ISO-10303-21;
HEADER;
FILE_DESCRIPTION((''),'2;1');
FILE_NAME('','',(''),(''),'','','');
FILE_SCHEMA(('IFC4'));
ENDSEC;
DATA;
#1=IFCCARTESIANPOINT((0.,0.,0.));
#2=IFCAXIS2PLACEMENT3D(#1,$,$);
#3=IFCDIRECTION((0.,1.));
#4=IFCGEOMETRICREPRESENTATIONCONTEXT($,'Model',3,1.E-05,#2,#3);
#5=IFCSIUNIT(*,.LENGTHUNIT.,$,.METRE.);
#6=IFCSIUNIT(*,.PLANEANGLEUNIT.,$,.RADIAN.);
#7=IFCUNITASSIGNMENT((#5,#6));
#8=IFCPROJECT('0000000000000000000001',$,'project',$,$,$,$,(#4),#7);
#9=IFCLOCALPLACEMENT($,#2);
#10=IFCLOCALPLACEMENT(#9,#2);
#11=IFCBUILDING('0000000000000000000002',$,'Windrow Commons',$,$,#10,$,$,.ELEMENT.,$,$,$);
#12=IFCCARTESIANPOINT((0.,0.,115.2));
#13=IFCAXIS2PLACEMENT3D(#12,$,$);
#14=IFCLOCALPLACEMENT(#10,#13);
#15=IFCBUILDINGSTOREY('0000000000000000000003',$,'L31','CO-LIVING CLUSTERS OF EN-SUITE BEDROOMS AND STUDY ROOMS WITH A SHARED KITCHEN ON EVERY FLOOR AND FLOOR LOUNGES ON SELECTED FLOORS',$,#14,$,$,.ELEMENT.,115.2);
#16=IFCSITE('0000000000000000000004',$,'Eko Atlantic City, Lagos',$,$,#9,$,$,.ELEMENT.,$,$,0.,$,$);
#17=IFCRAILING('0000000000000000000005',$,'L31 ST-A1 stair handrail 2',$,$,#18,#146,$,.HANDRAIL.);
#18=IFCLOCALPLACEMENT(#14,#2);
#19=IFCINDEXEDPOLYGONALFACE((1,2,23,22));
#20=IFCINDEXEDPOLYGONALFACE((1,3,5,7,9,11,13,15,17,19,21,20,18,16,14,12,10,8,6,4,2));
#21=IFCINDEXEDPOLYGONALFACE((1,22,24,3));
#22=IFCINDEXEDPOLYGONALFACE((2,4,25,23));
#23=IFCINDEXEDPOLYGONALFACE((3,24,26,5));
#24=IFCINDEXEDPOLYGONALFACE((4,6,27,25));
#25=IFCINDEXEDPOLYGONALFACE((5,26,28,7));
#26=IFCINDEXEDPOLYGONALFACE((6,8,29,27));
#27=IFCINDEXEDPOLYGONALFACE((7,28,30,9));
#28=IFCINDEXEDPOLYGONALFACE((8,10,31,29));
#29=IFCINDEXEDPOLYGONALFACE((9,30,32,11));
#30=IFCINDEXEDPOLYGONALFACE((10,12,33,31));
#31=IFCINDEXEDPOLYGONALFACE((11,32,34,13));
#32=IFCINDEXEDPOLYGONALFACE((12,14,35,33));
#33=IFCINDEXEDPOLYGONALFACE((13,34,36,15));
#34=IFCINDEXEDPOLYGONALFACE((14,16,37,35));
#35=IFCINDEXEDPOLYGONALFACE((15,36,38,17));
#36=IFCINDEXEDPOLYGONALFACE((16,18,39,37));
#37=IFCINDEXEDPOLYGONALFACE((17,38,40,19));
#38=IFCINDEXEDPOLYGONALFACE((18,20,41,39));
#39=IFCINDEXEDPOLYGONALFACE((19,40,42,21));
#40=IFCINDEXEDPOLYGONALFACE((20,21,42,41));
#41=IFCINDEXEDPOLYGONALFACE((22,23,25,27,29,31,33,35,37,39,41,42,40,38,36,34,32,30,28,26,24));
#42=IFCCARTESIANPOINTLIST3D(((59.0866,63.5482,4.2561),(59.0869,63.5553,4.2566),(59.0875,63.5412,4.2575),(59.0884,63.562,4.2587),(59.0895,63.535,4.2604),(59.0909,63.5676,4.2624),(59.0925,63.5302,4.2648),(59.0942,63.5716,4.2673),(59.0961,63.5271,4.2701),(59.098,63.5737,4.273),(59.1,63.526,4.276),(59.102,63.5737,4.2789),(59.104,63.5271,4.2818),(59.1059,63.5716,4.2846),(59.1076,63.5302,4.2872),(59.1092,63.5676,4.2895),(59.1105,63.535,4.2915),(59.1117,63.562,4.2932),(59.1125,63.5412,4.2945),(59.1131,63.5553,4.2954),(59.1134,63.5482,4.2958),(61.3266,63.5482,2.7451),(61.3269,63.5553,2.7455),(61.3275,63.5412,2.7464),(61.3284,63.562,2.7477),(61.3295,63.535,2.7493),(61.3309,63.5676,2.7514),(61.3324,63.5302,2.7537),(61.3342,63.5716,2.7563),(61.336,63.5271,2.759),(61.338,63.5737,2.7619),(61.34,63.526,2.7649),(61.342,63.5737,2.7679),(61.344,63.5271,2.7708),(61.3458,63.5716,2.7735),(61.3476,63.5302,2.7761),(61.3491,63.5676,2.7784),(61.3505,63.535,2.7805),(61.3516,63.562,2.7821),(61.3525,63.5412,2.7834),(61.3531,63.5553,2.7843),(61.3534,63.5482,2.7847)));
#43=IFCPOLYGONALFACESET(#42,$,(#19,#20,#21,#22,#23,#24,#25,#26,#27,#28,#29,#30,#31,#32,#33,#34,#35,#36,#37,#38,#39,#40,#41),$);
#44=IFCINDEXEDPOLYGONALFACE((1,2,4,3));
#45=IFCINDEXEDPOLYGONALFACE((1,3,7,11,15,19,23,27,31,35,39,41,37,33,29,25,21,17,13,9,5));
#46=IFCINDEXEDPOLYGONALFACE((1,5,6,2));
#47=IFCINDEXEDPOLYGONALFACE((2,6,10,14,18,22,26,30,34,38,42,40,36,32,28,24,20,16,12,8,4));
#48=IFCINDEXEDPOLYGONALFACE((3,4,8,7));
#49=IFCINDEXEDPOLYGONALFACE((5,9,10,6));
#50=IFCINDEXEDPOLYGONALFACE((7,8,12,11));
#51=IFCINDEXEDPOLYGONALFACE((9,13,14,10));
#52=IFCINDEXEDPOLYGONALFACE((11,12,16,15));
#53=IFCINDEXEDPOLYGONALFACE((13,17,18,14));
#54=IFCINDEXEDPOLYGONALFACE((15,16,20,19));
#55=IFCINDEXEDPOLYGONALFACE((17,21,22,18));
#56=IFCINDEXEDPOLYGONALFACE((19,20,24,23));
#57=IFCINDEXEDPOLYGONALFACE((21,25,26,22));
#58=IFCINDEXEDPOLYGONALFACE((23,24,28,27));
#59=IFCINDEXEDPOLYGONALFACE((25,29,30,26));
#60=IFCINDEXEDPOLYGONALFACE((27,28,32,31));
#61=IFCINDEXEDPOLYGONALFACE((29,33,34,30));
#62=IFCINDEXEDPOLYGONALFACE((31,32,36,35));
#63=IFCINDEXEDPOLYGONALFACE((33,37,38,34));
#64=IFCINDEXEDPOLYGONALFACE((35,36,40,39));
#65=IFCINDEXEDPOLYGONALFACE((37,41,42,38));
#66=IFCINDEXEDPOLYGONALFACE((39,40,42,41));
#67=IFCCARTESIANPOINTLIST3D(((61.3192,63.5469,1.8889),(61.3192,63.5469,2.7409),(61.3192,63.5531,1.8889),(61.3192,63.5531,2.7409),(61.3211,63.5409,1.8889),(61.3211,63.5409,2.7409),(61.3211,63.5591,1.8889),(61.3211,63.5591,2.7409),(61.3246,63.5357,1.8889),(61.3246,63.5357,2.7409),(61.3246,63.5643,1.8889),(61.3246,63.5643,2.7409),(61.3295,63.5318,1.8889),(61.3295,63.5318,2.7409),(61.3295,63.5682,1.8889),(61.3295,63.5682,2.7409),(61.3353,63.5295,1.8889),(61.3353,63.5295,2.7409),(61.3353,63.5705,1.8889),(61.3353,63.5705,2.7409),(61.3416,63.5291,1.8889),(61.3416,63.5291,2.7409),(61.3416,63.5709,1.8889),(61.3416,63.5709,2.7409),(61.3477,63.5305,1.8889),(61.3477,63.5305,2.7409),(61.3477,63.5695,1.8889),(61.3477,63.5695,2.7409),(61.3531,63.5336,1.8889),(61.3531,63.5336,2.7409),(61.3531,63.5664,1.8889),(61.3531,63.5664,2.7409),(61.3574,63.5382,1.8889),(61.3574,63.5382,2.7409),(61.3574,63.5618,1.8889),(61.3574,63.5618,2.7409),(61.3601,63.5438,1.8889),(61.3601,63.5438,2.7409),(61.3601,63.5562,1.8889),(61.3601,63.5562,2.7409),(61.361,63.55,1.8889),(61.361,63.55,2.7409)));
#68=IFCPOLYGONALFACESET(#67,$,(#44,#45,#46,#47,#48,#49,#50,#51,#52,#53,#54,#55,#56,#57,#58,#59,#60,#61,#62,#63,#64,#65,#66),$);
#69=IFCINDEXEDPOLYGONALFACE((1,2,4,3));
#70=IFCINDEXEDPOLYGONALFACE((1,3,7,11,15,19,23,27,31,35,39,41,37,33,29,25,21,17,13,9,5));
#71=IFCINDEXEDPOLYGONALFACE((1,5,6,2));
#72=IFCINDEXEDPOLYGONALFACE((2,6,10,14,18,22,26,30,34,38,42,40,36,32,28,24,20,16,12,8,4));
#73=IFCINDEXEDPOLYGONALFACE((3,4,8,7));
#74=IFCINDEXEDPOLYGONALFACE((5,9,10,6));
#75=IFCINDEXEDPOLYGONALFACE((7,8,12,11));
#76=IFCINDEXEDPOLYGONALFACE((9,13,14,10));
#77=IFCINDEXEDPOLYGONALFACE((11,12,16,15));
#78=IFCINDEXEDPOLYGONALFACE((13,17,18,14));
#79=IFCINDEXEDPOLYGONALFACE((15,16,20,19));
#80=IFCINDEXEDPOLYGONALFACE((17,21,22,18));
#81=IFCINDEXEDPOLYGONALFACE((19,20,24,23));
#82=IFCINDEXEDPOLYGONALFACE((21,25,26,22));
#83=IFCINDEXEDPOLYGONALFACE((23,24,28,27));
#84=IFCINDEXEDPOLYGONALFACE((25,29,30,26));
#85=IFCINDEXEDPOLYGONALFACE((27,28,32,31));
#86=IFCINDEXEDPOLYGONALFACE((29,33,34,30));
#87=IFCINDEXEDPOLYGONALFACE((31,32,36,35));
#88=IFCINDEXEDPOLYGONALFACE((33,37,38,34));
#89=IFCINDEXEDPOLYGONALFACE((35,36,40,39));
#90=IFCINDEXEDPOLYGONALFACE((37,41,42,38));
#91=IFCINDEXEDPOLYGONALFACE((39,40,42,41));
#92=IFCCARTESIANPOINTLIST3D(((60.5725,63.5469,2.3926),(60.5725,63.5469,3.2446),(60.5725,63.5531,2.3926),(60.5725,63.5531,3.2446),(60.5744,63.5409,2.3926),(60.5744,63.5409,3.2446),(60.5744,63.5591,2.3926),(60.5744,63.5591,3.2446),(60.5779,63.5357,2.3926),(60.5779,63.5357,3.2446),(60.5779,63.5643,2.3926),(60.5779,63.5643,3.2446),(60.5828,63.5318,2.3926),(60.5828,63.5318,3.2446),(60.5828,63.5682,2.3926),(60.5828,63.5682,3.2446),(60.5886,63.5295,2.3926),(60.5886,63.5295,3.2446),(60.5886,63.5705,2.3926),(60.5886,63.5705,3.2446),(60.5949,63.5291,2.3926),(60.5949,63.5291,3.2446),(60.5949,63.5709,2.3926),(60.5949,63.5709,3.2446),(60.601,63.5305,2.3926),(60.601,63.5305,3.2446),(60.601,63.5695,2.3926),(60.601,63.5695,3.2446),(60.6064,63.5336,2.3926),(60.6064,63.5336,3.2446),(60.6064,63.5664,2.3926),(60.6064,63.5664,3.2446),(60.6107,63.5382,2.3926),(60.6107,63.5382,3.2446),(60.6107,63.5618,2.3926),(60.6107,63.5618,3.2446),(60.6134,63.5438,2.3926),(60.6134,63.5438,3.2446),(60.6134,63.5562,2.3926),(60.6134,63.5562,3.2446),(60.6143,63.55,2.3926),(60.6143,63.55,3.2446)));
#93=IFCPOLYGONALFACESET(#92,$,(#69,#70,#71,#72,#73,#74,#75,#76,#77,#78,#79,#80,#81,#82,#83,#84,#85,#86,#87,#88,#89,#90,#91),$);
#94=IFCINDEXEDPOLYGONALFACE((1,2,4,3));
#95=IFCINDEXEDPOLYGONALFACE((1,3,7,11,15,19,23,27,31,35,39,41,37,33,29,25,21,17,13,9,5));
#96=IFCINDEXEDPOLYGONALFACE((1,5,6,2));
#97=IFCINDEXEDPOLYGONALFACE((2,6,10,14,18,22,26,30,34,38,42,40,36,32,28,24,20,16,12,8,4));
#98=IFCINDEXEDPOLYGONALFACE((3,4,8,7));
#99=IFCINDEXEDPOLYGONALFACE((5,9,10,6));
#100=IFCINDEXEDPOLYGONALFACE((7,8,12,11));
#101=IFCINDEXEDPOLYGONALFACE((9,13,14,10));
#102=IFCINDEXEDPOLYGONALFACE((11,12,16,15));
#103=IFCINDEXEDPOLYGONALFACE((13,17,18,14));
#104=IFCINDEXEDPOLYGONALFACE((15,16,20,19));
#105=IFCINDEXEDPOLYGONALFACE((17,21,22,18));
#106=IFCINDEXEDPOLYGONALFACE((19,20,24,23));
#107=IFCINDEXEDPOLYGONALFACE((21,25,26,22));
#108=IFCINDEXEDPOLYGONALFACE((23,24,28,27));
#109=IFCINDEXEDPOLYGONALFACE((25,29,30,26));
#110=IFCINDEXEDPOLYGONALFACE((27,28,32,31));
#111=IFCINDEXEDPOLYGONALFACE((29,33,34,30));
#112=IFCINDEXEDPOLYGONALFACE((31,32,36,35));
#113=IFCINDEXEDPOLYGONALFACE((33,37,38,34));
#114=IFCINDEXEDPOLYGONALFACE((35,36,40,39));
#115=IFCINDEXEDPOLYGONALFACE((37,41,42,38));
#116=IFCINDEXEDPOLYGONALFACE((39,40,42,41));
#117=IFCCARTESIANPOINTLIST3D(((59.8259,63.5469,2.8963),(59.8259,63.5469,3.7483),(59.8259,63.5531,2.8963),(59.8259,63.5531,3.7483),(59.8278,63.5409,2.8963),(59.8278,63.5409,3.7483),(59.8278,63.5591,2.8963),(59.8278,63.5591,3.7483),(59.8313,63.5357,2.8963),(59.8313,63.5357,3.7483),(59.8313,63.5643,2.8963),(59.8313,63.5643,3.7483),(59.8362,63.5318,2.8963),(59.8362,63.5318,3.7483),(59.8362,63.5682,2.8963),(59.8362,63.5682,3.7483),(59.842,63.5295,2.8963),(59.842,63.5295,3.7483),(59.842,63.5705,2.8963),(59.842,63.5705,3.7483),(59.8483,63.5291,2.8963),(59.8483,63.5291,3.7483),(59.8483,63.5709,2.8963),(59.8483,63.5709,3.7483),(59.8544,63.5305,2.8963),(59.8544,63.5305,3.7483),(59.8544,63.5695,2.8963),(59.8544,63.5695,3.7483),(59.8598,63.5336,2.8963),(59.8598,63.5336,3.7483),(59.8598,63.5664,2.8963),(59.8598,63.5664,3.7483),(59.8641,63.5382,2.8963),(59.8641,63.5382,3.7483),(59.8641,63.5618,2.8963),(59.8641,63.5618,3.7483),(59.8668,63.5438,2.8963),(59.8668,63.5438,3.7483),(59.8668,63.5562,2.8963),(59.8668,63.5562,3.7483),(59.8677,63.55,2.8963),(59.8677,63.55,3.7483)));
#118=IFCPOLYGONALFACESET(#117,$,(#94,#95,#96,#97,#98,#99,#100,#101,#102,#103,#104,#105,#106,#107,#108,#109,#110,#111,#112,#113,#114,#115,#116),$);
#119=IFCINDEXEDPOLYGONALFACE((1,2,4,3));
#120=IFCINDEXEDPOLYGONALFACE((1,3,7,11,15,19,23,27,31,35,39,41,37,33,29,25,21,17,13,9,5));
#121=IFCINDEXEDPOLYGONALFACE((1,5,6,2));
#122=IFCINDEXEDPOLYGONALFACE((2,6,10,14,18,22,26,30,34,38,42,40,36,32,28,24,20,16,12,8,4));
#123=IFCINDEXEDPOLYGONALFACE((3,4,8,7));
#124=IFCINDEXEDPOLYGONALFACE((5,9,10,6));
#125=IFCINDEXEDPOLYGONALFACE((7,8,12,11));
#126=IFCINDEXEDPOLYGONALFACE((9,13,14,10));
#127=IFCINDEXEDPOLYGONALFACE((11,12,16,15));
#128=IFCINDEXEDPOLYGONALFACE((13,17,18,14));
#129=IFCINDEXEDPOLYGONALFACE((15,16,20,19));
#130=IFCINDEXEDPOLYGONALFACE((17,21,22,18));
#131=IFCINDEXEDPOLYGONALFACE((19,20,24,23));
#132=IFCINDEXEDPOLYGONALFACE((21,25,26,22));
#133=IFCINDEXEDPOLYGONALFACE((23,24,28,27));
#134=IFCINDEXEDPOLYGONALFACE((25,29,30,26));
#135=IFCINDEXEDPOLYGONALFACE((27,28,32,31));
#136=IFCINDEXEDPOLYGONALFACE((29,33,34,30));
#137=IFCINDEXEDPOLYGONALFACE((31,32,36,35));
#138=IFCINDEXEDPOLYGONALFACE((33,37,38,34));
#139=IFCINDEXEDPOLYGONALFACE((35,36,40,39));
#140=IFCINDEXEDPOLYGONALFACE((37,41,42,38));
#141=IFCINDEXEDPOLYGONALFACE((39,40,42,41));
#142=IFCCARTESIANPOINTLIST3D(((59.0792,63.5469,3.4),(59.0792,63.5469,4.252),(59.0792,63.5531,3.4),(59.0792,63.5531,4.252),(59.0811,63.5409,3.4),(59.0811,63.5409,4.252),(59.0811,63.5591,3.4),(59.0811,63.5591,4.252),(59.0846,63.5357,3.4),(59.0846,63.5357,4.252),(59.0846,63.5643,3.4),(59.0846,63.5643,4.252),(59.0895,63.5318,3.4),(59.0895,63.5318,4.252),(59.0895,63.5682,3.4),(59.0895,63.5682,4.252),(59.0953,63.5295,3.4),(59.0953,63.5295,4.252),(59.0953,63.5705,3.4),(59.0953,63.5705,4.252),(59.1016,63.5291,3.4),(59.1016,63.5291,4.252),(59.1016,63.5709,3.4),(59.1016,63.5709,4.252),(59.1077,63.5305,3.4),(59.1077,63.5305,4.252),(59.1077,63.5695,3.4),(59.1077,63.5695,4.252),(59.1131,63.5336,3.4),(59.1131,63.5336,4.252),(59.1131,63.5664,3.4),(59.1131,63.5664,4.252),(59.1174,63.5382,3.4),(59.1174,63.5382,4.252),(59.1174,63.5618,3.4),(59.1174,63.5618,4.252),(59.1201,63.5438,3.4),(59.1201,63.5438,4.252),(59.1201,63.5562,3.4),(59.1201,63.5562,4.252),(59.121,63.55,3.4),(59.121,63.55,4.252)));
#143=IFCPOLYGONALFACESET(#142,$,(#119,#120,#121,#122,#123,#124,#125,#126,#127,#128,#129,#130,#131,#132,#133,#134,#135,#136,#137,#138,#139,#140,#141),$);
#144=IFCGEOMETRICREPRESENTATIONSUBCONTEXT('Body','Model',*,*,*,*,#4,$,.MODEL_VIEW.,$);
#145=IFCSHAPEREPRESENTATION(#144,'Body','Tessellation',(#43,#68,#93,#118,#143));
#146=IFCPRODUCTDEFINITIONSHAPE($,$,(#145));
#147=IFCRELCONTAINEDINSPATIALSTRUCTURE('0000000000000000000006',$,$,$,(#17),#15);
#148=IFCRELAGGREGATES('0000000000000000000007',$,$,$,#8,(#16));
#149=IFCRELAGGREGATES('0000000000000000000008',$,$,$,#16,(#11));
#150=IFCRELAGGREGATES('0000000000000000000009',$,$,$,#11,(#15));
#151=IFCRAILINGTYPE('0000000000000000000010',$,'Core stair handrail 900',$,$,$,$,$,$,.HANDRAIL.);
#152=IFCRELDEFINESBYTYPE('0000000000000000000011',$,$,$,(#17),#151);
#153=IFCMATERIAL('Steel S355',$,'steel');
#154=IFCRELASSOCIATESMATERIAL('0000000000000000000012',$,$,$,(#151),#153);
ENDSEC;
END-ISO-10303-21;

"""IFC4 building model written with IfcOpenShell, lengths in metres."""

from ifc_helpers import new_model, si_unit, direction, frame, origin, origin_2d, place, context, subcontext, project, spatial, circle, extrude, material, type_object, element, save


model = new_model("IFC4")

# Units and contexts
model_context = context("Model", 3, precision=1e-05, world=origin(), true_north=direction((0.0, 1.0)))
body_context = subcontext(model_context, "Body", "Model", "MODEL_VIEW")
ifc_project = project(units=[si_unit("LENGTHUNIT", "METRE"), si_unit("PLANEANGLEUNIT", "RADIAN")], contexts=[model_context])

# Site, building, storey
site_placement = place(None, origin())
site = spatial("IfcSite", under=ifc_project, at=site_placement, Name="Eko Atlantic City, Lagos", CompositionType="ELEMENT", RefElevation=0.0)
building_placement = place(site_placement, origin())
building = spatial("IfcBuilding", under=site, at=building_placement, Name="Windrow Commons", CompositionType="ELEMENT")
storey_placement = place(building_placement, frame((0.0, 0.0, 115.2)))
storey = spatial("IfcBuildingStorey", under=building, at=storey_placement, Name="L31", Description="CO-LIVING CLUSTERS OF EN-SUITE BEDROOMS AND STUDY ROOMS WITH A SHARED KITCHEN ON EVERY FLOOR AND FLOOR LOUNGES ON SELECTED FLOORS", CompositionType="ELEMENT", Elevation=115.2)

# Railing
ifc_material_1 = material(Name="Steel S355", Category="steel")
railing_type_1 = type_object("IfcRailingType", Name="Core stair handrail 900", PredefinedType="HANDRAIL", material=ifc_material_1)
railing_1_placement = place(storey_placement, frame((61.34, 63.55, 1.8889)))
element("IfcRailing", 1, at=railing_1_placement, inside=storey, type_object=railing_type_1, Name="L31 ST-A1 stair handrail 2", PredefinedType="HANDRAIL", context=body_context, shape_type="SweptSolid", body=[
    extrude(circle(Radius=0.024, at=origin_2d()), frame((0.0, 0.0, 0.876), z_axis=(-0.829003, 0.0, 0.559244), x_axis=(0.0, -1.0, 0.0)), (0.0, 0.0, 1.0), 2.702),
    extrude(circle(Radius=0.021, at=origin_2d()), origin(), (0.0, 0.0, 1.0), 0.852),
    extrude(circle(Radius=0.021, at=origin_2d()), frame((-0.7467, 0.0, 0.5037)), (0.0, 0.0, 1.0), 0.852),
    extrude(circle(Radius=0.021, at=origin_2d()), frame((-1.4933, 0.0, 1.0074)), (0.0, 0.0, 1.0), 0.852),
    extrude(circle(Radius=0.021, at=origin_2d()), frame((-2.24, 0.0, 1.5111)), (0.0, 0.0, 1.0), 0.852),
])

save(model, "model.ifc")
